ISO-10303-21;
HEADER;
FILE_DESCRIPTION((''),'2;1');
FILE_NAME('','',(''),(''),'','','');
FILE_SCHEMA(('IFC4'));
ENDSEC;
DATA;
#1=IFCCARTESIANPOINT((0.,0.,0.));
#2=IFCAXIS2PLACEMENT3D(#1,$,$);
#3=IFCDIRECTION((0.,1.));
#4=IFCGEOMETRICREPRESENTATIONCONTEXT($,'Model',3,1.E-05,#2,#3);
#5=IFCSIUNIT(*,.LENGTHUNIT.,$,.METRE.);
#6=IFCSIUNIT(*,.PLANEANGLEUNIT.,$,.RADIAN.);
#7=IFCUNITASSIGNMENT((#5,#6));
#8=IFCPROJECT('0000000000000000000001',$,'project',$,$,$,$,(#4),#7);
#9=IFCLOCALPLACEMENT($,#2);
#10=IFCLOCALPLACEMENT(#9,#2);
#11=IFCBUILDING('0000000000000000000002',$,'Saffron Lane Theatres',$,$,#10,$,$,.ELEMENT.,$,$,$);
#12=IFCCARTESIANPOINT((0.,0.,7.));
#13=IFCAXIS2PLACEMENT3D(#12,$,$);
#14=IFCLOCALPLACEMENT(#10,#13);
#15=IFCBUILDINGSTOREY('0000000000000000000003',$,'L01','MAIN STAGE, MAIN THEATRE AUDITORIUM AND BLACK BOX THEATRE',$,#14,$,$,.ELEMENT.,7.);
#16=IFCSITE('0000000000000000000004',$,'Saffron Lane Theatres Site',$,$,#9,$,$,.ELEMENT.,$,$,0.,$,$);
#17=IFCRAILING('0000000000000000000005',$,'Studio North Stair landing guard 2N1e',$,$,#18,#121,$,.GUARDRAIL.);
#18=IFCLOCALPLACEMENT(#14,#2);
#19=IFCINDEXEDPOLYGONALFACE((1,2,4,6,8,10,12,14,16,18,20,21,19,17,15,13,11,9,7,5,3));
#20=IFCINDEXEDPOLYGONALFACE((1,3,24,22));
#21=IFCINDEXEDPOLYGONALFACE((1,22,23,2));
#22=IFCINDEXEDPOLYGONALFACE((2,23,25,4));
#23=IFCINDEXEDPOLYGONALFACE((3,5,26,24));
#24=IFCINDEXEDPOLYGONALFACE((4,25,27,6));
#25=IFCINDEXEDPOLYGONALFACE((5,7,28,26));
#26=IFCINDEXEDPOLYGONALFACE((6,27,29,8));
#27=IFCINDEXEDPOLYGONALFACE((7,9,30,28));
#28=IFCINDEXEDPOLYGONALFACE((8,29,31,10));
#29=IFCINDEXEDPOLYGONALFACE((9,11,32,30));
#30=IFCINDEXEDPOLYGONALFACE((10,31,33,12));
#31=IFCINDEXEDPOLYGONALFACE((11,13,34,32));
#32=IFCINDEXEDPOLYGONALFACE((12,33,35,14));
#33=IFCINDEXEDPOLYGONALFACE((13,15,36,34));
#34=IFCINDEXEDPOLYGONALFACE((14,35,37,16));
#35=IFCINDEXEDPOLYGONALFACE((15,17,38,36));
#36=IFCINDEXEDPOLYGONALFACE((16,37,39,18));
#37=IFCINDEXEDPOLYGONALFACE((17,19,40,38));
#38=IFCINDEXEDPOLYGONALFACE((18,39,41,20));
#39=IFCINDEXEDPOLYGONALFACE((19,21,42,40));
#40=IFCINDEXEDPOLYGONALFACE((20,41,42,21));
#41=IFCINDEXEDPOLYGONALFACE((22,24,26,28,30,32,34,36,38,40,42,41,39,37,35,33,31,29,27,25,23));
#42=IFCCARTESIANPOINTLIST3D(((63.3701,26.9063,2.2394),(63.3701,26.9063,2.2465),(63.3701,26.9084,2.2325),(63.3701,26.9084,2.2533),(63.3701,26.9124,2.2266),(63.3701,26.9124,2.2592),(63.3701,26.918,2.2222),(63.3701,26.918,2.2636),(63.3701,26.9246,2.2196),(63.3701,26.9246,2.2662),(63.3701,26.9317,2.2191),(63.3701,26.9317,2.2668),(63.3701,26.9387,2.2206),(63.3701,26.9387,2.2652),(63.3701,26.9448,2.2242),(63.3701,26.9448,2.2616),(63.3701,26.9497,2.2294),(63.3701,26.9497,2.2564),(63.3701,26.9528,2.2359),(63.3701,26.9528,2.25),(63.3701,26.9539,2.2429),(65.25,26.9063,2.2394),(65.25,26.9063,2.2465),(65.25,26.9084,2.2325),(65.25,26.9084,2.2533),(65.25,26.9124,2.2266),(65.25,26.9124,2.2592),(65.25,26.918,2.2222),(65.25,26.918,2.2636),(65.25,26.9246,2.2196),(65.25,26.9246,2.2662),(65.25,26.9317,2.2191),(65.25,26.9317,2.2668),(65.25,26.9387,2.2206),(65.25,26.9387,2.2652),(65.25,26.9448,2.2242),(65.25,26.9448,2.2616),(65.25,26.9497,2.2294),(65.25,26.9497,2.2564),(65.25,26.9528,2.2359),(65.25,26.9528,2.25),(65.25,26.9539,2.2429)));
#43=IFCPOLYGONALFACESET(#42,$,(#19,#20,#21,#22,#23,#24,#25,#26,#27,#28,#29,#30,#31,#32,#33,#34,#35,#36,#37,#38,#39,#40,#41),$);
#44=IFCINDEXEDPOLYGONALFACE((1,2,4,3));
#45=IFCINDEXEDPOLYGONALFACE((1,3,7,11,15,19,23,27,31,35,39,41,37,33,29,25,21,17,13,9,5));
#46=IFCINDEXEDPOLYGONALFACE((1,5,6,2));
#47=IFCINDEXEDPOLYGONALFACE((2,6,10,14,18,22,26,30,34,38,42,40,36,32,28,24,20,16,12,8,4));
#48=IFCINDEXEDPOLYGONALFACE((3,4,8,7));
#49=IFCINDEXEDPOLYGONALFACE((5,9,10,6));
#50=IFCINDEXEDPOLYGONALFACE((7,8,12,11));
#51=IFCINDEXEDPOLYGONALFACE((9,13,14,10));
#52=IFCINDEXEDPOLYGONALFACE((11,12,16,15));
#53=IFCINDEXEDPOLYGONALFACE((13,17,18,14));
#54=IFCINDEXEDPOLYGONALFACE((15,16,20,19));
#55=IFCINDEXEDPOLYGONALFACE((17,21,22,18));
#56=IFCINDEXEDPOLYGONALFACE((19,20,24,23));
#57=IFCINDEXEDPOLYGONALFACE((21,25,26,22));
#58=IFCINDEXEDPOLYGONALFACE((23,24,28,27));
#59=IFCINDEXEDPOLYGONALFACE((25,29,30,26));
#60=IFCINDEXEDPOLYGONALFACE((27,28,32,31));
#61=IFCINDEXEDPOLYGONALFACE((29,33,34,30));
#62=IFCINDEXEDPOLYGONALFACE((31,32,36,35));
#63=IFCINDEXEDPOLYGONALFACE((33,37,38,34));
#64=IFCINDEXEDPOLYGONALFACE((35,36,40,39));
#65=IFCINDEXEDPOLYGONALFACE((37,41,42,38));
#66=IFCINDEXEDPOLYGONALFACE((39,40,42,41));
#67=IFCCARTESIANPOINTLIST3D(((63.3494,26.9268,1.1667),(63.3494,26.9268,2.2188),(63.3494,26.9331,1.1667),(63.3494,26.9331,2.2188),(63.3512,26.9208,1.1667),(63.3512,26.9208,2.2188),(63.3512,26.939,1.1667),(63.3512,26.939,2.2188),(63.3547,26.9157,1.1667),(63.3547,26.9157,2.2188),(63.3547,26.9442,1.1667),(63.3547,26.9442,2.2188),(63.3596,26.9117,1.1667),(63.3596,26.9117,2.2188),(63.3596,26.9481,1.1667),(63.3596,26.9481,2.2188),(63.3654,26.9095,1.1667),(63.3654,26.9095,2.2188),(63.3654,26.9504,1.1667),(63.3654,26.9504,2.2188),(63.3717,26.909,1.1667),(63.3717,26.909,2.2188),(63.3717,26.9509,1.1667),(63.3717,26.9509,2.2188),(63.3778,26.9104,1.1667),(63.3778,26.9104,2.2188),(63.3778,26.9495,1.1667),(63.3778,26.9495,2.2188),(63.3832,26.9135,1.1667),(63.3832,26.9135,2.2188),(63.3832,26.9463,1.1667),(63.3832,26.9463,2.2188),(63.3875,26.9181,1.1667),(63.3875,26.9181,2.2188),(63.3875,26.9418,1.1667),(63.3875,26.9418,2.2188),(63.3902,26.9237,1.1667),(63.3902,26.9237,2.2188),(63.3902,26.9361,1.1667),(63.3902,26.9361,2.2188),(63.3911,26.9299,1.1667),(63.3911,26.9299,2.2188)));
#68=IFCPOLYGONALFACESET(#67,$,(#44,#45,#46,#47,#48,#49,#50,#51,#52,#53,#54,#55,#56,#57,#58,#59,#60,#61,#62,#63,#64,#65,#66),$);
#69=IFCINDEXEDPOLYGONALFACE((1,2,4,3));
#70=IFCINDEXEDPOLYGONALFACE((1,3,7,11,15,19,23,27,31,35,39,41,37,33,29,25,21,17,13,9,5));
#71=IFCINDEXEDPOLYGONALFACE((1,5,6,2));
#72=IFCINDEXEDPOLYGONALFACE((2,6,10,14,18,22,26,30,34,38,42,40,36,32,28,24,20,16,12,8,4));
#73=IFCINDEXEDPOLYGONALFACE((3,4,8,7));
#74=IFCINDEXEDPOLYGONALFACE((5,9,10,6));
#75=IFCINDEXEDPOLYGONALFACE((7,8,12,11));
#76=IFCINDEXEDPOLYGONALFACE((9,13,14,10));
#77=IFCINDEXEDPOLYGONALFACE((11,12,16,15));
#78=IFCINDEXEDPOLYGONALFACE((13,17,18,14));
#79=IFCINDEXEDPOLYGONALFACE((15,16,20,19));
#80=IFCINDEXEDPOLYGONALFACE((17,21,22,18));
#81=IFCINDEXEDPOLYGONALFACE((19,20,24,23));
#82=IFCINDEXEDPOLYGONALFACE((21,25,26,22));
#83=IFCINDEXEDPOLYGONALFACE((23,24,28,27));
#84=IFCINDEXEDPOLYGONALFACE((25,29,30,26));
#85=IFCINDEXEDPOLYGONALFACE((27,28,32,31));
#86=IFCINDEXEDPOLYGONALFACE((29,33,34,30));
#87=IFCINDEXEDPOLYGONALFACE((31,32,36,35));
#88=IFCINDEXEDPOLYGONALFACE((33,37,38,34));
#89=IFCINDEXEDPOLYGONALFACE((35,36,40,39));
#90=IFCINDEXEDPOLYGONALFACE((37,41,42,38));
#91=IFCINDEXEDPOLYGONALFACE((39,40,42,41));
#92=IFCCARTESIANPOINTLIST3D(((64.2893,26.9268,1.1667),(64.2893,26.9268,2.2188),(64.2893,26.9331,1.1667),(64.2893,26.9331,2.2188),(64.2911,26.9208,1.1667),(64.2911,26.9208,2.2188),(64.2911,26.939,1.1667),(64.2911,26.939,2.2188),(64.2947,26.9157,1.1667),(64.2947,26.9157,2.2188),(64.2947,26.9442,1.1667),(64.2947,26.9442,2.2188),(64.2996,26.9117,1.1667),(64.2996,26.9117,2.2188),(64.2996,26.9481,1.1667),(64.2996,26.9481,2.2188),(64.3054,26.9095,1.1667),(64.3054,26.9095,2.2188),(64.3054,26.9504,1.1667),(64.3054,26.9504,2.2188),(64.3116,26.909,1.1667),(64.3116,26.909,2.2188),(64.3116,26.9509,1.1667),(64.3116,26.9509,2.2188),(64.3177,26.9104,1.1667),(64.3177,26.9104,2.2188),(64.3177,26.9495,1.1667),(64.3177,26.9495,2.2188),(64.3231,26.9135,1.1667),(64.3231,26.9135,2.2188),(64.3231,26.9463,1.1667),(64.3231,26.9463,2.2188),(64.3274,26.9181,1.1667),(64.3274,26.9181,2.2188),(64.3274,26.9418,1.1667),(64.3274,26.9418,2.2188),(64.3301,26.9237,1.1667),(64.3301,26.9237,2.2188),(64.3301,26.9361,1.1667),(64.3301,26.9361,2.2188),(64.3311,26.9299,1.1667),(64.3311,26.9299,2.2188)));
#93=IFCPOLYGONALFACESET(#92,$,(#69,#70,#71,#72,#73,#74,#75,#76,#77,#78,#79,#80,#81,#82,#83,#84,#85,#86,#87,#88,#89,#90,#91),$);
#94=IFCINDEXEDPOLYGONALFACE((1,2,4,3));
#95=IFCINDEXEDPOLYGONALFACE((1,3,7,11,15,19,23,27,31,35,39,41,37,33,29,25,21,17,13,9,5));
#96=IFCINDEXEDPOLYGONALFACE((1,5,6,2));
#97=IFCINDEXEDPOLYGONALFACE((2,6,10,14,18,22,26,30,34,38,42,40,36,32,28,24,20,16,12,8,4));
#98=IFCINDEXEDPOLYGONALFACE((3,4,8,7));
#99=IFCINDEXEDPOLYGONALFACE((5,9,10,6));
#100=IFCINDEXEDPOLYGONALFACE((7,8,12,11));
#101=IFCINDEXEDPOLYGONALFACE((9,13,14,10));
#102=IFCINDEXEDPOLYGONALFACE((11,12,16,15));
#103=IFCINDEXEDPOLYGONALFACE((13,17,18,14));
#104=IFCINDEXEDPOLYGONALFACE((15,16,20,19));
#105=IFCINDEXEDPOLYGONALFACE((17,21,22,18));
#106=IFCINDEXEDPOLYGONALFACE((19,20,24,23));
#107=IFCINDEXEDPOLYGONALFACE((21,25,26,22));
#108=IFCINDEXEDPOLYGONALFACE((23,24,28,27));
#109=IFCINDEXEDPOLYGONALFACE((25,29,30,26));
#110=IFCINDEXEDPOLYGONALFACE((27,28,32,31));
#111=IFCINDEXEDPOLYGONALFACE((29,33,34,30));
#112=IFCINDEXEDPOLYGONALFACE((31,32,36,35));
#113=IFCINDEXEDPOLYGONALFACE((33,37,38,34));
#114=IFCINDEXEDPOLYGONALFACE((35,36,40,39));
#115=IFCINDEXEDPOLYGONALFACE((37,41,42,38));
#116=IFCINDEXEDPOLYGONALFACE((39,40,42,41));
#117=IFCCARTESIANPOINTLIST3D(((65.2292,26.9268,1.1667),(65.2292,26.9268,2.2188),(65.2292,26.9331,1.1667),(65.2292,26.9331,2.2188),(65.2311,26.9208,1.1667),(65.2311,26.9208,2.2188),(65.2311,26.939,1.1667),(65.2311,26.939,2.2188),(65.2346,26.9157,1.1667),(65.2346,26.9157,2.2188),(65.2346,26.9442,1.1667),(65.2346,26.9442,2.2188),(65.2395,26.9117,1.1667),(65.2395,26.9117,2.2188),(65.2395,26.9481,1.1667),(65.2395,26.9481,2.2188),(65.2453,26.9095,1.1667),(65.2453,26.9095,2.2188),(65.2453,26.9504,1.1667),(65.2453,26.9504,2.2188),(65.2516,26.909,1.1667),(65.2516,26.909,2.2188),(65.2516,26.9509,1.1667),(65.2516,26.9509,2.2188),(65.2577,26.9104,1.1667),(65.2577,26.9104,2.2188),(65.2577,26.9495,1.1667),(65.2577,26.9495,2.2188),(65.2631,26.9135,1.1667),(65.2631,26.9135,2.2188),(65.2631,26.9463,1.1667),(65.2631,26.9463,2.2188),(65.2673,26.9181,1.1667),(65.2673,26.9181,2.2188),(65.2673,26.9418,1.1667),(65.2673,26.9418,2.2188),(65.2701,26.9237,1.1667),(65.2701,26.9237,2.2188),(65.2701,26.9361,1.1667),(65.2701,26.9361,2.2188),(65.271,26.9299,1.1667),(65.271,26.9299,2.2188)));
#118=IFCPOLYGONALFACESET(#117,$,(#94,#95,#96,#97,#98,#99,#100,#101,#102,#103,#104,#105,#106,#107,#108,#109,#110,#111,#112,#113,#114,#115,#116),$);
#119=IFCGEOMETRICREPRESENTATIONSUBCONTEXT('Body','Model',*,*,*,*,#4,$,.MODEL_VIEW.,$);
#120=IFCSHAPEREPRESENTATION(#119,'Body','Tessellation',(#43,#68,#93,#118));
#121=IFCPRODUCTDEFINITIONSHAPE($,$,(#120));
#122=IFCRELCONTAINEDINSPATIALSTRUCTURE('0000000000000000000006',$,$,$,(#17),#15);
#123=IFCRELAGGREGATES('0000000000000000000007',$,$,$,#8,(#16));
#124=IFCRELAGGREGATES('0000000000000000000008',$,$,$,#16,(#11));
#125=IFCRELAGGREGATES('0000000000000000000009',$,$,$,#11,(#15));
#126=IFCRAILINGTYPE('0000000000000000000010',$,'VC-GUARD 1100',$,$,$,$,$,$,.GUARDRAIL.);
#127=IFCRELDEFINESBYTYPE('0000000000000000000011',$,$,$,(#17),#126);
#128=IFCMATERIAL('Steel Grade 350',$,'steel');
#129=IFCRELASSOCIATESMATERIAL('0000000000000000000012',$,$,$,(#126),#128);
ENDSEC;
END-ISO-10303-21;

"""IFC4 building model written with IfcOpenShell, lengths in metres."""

from ifc_helpers import new_model, si_unit, direction, frame, origin, origin_2d, place, context, subcontext, project, spatial, circle, extrude, material, type_object, element, save


model = new_model("IFC4")

# Units and contexts
model_context = context("Model", 3, precision=1e-05, world=origin(), true_north=direction((0.0, 1.0)))
body_context = subcontext(model_context, "Body", "Model", "MODEL_VIEW")
ifc_project = project(units=[si_unit("LENGTHUNIT", "METRE"), si_unit("PLANEANGLEUNIT", "RADIAN")], contexts=[model_context])

# Site, building, storey
site_placement = place(None, origin())
site = spatial("IfcSite", under=ifc_project, at=site_placement, Name="Saffron Lane Theatres Site", CompositionType="ELEMENT", RefElevation=0.0)
building_placement = place(site_placement, origin())
building = spatial("IfcBuilding", under=site, at=building_placement, Name="Saffron Lane Theatres", CompositionType="ELEMENT")
storey_placement = place(building_placement, frame((0.0, 0.0, 7.0)))
storey = spatial("IfcBuildingStorey", under=building, at=storey_placement, Name="L01", Description="MAIN STAGE, MAIN THEATRE AUDITORIUM AND BLACK BOX THEATRE", CompositionType="ELEMENT", Elevation=7.0)

# Railing
ifc_material_1 = material(Name="Steel Grade 350", Category="steel")
railing_type_1 = type_object("IfcRailingType", Name="VC-GUARD 1100", PredefinedType="GUARDRAIL", material=ifc_material_1)
railing_1_placement = place(storey_placement, frame((63.3701, 26.9299, 1.1667)))
element("IfcRailing", 1, at=railing_1_placement, inside=storey, type_object=railing_type_1, Name="Studio North Stair landing guard 2N1e", PredefinedType="GUARDRAIL", context=body_context, shape_type="SweptSolid", body=[
    extrude(circle(Radius=0.0239, at=origin_2d()), frame((0.0, 0.0, 1.0762), z_axis=(1.0, 0.0, 0.0), x_axis=(0.0, 1.0, 0.0)), (0.0, 0.0, 1.0), 1.8799),
    extrude(circle(Radius=0.021, at=origin_2d()), origin(), (0.0, 0.0, 1.0), 1.052),
    extrude(circle(Radius=0.021, at=origin_2d()), frame((0.9399, 0.0, 0.0)), (0.0, 0.0, 1.0), 1.052),
    extrude(circle(Radius=0.021, at=origin_2d()), frame((1.8799, 0.0, 0.0)), (0.0, 0.0, 1.0), 1.052),
])

save(model, "model.ifc")
